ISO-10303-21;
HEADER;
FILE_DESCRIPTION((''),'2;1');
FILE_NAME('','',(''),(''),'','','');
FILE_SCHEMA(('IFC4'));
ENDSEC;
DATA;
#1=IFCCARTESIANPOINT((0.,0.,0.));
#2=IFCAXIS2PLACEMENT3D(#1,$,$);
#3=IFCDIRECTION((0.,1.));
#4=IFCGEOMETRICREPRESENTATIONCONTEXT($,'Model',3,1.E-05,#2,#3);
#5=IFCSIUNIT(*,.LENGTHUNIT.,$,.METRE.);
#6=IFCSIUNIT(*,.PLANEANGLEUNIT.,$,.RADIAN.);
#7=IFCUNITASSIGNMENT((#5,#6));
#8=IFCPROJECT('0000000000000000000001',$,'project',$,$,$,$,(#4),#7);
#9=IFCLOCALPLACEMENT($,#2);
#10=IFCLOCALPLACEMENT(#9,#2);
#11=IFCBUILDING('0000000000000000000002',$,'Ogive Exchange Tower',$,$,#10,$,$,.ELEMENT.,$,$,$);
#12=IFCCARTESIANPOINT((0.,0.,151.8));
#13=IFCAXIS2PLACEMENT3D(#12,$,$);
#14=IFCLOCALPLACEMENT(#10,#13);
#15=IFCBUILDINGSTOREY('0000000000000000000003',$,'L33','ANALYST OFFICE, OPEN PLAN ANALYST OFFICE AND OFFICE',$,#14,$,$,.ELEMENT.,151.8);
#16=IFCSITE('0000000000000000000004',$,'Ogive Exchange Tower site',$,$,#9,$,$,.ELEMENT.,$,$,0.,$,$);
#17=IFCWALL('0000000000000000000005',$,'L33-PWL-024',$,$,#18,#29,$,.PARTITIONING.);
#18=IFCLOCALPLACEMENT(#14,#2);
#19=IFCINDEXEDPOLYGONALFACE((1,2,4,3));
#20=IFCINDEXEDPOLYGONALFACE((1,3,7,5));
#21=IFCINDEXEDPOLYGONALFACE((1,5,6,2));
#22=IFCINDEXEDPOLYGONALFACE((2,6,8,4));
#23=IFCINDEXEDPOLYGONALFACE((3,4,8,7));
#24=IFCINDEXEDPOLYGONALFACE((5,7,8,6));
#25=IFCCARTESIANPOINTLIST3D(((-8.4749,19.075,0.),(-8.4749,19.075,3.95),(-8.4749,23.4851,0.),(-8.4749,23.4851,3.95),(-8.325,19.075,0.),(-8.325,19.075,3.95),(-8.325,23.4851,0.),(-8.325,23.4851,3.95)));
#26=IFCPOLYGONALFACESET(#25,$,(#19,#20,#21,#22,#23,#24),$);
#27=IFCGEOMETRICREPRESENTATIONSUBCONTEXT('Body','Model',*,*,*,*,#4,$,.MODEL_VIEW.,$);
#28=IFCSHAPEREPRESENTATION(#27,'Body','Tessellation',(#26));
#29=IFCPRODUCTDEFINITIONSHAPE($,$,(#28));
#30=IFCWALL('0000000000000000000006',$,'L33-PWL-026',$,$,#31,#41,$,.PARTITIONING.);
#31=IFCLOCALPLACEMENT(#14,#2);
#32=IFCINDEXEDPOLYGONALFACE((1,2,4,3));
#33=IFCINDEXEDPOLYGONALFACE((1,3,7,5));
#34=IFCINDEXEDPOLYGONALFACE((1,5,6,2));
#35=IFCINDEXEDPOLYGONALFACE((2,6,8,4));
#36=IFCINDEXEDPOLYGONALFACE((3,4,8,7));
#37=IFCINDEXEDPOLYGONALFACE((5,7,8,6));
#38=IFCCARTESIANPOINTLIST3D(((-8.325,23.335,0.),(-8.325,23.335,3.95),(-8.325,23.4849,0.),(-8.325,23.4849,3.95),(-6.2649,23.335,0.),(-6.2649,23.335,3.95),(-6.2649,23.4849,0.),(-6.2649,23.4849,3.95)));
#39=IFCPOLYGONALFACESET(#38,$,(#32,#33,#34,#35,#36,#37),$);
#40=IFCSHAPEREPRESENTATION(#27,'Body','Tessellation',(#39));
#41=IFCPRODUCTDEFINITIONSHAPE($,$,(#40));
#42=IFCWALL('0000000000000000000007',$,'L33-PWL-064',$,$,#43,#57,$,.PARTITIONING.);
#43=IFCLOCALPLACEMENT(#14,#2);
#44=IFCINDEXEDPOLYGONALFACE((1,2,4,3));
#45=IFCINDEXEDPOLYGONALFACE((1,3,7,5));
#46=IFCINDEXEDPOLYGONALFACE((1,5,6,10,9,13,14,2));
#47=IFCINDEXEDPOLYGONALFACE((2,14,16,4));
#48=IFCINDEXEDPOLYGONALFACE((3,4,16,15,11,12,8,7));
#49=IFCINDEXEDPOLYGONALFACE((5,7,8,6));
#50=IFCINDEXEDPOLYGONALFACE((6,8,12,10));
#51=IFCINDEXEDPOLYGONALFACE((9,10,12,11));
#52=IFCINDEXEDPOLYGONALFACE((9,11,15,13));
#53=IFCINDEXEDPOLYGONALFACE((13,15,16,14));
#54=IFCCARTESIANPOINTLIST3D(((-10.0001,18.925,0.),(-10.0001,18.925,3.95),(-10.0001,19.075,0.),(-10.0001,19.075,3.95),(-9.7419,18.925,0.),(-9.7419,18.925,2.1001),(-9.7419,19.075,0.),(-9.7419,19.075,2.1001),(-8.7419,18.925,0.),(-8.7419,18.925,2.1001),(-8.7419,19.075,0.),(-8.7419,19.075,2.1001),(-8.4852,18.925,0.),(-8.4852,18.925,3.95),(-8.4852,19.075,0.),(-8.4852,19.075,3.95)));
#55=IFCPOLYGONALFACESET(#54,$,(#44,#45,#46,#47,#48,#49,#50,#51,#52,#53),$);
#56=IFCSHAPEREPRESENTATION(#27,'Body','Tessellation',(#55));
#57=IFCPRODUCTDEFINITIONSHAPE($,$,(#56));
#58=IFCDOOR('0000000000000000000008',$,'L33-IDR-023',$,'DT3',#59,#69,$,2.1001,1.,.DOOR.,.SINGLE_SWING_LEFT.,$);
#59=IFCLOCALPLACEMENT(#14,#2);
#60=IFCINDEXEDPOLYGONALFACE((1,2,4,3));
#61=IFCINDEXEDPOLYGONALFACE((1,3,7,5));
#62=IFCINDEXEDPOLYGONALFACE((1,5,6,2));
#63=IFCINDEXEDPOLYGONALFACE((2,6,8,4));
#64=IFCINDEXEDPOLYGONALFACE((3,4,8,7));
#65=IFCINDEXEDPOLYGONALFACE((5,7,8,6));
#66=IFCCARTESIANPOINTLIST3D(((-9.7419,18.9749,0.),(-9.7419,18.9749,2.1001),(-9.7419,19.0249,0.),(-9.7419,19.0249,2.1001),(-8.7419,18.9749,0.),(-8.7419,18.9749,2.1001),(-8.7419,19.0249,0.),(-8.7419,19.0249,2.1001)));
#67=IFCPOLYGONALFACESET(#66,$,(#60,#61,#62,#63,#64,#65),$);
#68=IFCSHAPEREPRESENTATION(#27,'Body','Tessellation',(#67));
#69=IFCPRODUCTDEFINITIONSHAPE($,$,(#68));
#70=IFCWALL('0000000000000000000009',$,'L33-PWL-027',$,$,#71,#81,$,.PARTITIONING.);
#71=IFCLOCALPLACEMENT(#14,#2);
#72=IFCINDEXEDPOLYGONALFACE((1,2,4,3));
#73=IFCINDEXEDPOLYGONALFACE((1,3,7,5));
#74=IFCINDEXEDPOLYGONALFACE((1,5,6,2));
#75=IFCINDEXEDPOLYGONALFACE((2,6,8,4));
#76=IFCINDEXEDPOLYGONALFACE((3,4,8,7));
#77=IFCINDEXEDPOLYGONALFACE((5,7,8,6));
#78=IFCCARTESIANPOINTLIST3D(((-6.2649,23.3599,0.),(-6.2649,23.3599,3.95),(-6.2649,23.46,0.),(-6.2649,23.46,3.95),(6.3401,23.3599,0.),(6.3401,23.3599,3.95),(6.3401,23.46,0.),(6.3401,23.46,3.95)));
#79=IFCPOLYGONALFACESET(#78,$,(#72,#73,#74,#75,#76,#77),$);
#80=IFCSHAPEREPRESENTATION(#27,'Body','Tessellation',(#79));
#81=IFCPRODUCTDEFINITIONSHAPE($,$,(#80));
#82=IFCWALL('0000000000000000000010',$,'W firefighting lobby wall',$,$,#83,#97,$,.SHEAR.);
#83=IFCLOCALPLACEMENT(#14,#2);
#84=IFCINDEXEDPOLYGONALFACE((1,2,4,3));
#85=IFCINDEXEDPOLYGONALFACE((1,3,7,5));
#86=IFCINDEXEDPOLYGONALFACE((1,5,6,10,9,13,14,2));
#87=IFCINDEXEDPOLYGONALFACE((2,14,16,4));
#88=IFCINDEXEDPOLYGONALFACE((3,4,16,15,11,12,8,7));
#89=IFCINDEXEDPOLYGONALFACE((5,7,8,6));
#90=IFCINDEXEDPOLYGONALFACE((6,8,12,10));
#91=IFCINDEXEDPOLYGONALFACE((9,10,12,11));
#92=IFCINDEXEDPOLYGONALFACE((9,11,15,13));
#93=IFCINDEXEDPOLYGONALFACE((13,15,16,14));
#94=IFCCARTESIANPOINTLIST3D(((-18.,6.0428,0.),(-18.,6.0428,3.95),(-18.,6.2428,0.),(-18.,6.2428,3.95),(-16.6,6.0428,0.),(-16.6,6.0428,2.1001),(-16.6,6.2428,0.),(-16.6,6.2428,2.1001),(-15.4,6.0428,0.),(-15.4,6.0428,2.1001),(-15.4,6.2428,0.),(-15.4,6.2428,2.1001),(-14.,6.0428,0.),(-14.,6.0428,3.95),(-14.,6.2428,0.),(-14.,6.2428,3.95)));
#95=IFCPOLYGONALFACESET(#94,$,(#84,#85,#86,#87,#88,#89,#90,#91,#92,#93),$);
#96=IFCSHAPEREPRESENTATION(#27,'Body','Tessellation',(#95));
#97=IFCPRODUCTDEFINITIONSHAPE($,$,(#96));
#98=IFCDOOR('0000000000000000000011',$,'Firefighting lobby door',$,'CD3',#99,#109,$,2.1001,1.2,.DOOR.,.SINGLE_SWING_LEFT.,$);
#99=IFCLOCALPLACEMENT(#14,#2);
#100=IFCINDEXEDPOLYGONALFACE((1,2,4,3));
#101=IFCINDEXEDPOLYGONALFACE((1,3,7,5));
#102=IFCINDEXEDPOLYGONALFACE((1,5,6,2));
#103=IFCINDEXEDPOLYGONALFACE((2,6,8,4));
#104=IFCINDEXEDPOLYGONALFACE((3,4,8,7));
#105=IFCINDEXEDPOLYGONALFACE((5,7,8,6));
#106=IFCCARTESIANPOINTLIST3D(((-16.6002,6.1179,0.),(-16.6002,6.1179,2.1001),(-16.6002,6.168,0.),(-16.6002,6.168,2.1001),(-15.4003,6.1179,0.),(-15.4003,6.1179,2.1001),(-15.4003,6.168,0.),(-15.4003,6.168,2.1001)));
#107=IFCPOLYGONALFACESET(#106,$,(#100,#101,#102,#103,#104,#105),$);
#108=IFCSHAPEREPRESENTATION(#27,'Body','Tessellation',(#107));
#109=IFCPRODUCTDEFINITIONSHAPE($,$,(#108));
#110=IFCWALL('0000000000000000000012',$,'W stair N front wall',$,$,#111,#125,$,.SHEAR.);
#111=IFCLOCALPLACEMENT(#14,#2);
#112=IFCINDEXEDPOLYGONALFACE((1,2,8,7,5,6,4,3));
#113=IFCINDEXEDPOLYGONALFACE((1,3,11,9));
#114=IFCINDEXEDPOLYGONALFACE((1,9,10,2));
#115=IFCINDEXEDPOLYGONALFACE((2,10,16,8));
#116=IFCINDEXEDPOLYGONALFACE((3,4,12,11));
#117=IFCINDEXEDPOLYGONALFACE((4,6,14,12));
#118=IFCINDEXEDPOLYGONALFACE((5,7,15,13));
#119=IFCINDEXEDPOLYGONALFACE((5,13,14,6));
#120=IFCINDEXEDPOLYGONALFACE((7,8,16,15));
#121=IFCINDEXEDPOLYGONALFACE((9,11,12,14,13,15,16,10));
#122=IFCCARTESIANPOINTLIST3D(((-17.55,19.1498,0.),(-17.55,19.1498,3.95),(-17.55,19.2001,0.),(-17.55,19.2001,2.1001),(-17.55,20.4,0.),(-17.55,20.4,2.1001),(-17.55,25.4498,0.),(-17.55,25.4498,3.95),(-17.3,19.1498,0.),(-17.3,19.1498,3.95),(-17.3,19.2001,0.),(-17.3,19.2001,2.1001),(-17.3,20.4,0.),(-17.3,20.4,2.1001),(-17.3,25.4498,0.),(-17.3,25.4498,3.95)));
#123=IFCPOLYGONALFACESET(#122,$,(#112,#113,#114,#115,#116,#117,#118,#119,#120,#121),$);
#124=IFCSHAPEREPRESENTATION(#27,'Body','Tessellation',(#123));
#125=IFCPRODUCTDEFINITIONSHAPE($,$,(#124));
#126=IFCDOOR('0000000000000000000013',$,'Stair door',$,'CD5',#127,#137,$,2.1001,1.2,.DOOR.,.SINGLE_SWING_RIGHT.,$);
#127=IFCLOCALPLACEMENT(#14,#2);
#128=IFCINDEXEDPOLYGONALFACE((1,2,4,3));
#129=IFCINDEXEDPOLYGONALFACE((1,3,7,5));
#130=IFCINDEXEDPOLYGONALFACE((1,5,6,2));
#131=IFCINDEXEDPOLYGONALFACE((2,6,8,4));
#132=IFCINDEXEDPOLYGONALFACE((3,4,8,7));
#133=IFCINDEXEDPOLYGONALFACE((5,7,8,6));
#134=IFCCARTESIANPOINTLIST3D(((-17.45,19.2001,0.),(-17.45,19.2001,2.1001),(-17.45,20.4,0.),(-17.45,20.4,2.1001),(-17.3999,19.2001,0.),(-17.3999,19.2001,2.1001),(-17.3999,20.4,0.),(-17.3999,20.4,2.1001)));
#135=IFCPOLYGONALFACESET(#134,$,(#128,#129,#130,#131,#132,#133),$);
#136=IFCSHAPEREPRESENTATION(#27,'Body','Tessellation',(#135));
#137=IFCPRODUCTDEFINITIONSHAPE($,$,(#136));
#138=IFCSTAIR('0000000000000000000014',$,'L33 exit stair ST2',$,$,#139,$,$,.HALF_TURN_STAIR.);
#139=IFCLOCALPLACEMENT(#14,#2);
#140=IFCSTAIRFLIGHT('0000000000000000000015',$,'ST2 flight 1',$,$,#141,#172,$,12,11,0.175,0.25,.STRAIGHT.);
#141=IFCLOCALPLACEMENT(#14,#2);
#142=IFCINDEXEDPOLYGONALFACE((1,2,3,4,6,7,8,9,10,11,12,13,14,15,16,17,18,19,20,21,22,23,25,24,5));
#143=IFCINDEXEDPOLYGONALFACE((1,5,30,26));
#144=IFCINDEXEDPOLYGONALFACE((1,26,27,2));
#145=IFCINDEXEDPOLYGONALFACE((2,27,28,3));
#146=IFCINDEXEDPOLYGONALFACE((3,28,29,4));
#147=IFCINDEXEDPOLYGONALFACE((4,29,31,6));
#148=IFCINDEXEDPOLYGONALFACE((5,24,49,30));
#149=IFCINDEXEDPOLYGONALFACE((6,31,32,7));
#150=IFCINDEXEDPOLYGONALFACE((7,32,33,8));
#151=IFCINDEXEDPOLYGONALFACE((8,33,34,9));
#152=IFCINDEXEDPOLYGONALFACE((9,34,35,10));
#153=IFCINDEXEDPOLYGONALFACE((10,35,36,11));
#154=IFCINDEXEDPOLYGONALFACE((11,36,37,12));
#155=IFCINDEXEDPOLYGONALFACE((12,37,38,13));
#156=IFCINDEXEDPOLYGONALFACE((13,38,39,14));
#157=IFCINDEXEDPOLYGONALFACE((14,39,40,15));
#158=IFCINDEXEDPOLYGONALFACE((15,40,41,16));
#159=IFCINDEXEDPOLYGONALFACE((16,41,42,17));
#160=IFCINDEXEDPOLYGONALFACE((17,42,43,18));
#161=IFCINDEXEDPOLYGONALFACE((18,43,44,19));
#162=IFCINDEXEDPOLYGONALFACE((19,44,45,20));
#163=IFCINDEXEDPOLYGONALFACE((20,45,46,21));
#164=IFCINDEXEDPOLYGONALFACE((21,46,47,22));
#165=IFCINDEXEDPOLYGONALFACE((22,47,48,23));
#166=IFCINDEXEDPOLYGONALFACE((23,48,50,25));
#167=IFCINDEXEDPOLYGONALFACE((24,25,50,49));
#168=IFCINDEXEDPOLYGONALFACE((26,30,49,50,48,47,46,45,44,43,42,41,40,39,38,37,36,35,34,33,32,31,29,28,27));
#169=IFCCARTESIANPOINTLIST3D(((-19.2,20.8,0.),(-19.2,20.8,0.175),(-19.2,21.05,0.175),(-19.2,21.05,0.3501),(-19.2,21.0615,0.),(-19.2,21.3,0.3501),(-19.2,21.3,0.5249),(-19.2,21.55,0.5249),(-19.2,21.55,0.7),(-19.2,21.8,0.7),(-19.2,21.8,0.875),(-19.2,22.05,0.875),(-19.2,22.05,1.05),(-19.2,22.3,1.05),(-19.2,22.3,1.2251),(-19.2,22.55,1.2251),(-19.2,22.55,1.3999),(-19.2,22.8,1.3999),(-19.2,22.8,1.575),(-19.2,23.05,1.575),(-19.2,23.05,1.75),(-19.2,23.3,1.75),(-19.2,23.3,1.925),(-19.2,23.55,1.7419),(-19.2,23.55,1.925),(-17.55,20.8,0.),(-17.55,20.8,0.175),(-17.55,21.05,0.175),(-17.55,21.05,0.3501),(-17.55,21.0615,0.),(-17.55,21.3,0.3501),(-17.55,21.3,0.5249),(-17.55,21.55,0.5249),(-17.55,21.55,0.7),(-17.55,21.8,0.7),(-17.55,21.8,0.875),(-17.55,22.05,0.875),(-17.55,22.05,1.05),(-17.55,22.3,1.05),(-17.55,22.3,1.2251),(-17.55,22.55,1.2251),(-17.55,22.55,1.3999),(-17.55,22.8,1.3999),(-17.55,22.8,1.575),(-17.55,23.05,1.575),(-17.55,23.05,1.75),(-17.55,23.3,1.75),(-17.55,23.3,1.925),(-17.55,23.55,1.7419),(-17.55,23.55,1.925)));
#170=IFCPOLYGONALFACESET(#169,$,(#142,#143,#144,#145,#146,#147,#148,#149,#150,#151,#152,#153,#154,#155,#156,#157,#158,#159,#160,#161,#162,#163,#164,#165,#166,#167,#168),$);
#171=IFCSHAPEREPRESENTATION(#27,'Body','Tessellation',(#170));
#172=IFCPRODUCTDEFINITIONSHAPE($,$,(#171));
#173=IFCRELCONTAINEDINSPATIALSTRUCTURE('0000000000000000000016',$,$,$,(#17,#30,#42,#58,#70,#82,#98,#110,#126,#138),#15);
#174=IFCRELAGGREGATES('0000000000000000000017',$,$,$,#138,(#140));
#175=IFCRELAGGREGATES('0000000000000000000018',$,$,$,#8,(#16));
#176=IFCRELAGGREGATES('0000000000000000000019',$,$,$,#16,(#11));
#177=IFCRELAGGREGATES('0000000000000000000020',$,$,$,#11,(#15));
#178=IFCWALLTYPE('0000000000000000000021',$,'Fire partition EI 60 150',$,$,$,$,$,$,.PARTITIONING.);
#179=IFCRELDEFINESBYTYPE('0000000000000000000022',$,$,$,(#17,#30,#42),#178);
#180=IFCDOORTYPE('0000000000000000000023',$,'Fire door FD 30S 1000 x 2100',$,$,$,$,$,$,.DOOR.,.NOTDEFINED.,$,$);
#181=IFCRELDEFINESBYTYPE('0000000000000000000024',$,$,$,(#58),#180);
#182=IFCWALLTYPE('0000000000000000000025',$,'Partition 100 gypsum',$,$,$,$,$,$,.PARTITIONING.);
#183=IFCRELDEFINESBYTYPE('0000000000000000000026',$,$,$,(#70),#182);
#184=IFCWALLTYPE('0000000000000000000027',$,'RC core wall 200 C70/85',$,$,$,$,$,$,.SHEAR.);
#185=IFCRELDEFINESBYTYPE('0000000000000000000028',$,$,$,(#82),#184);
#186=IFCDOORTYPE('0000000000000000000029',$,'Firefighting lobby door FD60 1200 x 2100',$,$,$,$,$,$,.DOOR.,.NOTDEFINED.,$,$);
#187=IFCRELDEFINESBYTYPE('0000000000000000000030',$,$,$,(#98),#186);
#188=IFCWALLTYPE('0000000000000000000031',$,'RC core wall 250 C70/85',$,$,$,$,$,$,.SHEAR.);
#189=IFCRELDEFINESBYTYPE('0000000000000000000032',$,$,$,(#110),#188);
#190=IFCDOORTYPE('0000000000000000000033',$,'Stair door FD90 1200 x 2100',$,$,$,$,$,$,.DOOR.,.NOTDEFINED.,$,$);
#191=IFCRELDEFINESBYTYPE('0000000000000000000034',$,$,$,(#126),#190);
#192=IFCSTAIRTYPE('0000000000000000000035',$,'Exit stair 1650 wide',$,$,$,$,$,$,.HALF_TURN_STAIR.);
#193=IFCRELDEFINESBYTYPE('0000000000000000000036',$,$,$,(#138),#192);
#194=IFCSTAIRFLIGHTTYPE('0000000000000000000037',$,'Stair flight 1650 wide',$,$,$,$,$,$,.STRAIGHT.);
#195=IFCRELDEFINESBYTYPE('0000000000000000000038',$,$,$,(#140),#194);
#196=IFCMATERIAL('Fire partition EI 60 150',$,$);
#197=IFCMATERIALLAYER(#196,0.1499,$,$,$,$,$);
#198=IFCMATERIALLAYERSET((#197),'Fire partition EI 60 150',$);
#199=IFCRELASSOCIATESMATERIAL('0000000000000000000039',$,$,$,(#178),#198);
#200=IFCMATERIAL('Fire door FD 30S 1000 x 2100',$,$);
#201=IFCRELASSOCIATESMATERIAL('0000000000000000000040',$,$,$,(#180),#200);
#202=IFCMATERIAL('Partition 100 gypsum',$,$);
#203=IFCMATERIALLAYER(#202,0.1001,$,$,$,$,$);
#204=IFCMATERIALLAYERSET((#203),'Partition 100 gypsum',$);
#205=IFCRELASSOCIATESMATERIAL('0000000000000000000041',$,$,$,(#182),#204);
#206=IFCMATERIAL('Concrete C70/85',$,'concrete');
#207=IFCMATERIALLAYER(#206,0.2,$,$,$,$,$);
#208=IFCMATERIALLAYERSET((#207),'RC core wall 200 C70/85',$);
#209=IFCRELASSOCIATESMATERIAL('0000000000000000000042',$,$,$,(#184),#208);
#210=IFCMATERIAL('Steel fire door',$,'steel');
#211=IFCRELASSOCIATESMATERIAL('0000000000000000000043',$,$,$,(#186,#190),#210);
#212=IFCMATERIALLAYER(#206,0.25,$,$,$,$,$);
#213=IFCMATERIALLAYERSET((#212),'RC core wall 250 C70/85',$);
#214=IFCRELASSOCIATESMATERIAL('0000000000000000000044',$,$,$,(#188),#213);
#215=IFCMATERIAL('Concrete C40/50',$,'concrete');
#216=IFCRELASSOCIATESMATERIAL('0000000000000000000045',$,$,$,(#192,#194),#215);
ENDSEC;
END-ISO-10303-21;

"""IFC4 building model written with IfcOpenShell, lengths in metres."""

from ifc_helpers import new_model, si_unit, direction, frame, frame_2d, origin, place, context, subcontext, project, spatial, polyline, rectangle, outline, extrude, material, layer, layer_set, type_object, element, fill, aggregate, save


model = new_model("IFC4")

# Units and contexts
model_context = context("Model", 3, precision=1e-05, world=origin(), true_north=direction((0.0, 1.0)))
body_context = subcontext(model_context, "Body", "Model", "MODEL_VIEW")
ifc_project = project(units=[si_unit("LENGTHUNIT", "METRE"), si_unit("PLANEANGLEUNIT", "RADIAN")], contexts=[model_context])

# Site, building, storey
site_placement = place(None, origin())
site = spatial("IfcSite", under=ifc_project, at=site_placement, Name="Ogive Exchange Tower site", CompositionType="ELEMENT", RefElevation=0.0)
building_placement = place(site_placement, origin())
building = spatial("IfcBuilding", under=site, at=building_placement, Name="Ogive Exchange Tower", CompositionType="ELEMENT")
storey_placement = place(building_placement, frame((0.0, 0.0, 151.8)))
storey = spatial("IfcBuildingStorey", under=building, at=storey_placement, Name="L33", Description="ANALYST OFFICE, OPEN PLAN ANALYST OFFICE AND OFFICE", CompositionType="ELEMENT", Elevation=151.8)

# Shared definitions
ifc_material_1 = material(Name="Fire partition EI 60 150")
ifc_layer_1 = layer(ifc_material_1, 0.1499)
ifc_layer_set_1 = layer_set([ifc_layer_1], Name="Fire partition EI 60 150")
wall_type_1 = type_object("IfcWallType", Name="Fire partition EI 60 150", PredefinedType="PARTITIONING", material=ifc_layer_set_1)
ifc_material_2 = material(Name="Fire door FD 30S 1000 x 2100")
door_type_1 = type_object("IfcDoorType", Name="Fire door FD 30S 1000 x 2100", OperationType="NOTDEFINED", PredefinedType="DOOR", material=ifc_material_2)

# Walls
wall_1_placement = place(storey_placement, frame((-8.3999, 23.4851, 0.0), z_axis=(0.0, 0.0, 1.0), x_axis=(0.0, -1.0, 0.0)))
element("IfcWall", 1, at=wall_1_placement, inside=storey, type_object=wall_type_1, Name="L33-PWL-024", PredefinedType="PARTITIONING", context=body_context, shape_type="SweptSolid", body=[
    extrude(rectangle(XDim=4.4102, YDim=0.1499, at=frame_2d((2.2051, 0.0))), origin(), (0.0, 0.0, 1.0), 3.95),
])
wall_2_placement = place(storey_placement, frame((-6.2649, 23.4099, 0.0), z_axis=(0.0, 0.0, 1.0), x_axis=(-1.0, 0.0, 0.0)))
element("IfcWall", 2, at=wall_2_placement, inside=storey, type_object=wall_type_1, Name="L33-PWL-026", PredefinedType="PARTITIONING", context=body_context, shape_type="SweptSolid", body=[
    extrude(rectangle(XDim=2.0601, YDim=0.1499, at=frame_2d((1.03, 0.0))), origin(), (0.0, 0.0, 1.0), 3.95),
])

# Wall, opening, door
wall_3_placement = place(storey_placement, frame((-10.0, 19.0, 0.0), z_axis=(0.0, 0.0, 1.0), x_axis=(1.0, 0.0, 0.0)))
wall_3 = element("IfcWall", 3, at=wall_3_placement, inside=storey, type_object=wall_type_1, Name="L33-PWL-064", PredefinedType="PARTITIONING", context=body_context, shape_type="SweptSolid", body=[
    extrude(rectangle(XDim=1.5149, YDim=0.1499, at=frame_2d((0.7573, 0.0))), origin(), (0.0, 0.0, 1.0), 3.95),
])
opening_1_placement = place(wall_3_placement, frame((0.2581, 0.0, 0.0)))
opening_1 = element("IfcOpeningElement", 4, at=opening_1_placement, cuts=wall_3, PredefinedType="OPENING", context=body_context, shape_type="SweptSolid", body=[
    extrude(rectangle(XDim=1.0, YDim=2.1001, at=frame_2d((0.5, 1.05))), frame((0.0, 0.085, 0.0), z_axis=(0.0, -1.0, 0.0), x_axis=(1.0, 0.0, 0.0)), (0.0, 0.0, 1.0), 0.1699),
])
door_1_placement = place(opening_1_placement, origin())
door_1 = element("IfcDoor", 5, at=door_1_placement, inside=storey, type_object=door_type_1, Name="L33-IDR-023", ObjectType="DT3", OperationType="SINGLE_SWING_LEFT", OverallHeight=2.1001, OverallWidth=1.0, PredefinedType="DOOR", context=body_context, shape_type="SweptSolid", body=[
    extrude(rectangle(XDim=1.0, YDim=2.1001, at=frame_2d((0.5, 1.05))), frame((0.0, 0.0249, 0.0), z_axis=(0.0, -1.0, 0.0), x_axis=(1.0, 0.0, 0.0)), (0.0, 0.0, 1.0), 0.05),
])
fill(opening_1, door_1)

# Wall
ifc_material_3 = material(Name="Partition 100 gypsum")
ifc_layer_2 = layer(ifc_material_3, 0.1001)
ifc_layer_set_2 = layer_set([ifc_layer_2], Name="Partition 100 gypsum")
wall_type_2 = type_object("IfcWallType", Name="Partition 100 gypsum", PredefinedType="PARTITIONING", material=ifc_layer_set_2)
wall_4_placement = place(storey_placement, frame((-6.2649, 23.4099, 0.0), z_axis=(0.0, 0.0, 1.0), x_axis=(1.0, 0.0, 0.0)))
element("IfcWall", 6, at=wall_4_placement, inside=storey, type_object=wall_type_2, Name="L33-PWL-027", PredefinedType="PARTITIONING", context=body_context, shape_type="SweptSolid", body=[
    extrude(rectangle(XDim=12.605, YDim=0.1001, at=frame_2d((6.3025, 0.0))), origin(), (0.0, 0.0, 1.0), 3.95),
])

# Walls, openings, doors
ifc_material_4 = material(Name="Concrete C70/85", Category="concrete")
ifc_layer_3 = layer(ifc_material_4, 0.2)
ifc_layer_set_3 = layer_set([ifc_layer_3], Name="RC core wall 200 C70/85")
wall_type_3 = type_object("IfcWallType", Name="RC core wall 200 C70/85", PredefinedType="SHEAR", material=ifc_layer_set_3)
wall_5_placement = place(storey_placement, frame((-18.0, 6.1428, 0.0), z_axis=(0.0, 0.0, 1.0), x_axis=(1.0, 0.0, 0.0)))
wall_5 = element("IfcWall", 7, at=wall_5_placement, inside=storey, type_object=wall_type_3, Name="W firefighting lobby wall", PredefinedType="SHEAR", context=body_context, shape_type="SweptSolid", body=[
    extrude(rectangle(XDim=4.0, YDim=0.2, at=frame_2d((2.0, 0.0))), origin(), (0.0, 0.0, 1.0), 3.95),
])
opening_2_placement = place(wall_5_placement, frame((1.3999, 0.0, 0.0)))
opening_2 = element("IfcOpeningElement", 8, at=opening_2_placement, cuts=wall_5, PredefinedType="OPENING", context=body_context, shape_type="SweptSolid", body=[
    extrude(rectangle(XDim=1.2, YDim=2.1001, at=frame_2d((0.6001, 1.05))), frame((0.0, 0.1099, 0.0), z_axis=(0.0, -1.0, 0.0), x_axis=(1.0, 0.0, 0.0)), (0.0, 0.0, 1.0), 0.22),
])
ifc_material_5 = material(Name="Steel fire door", Category="steel")
door_type_2 = type_object("IfcDoorType", Name="Firefighting lobby door FD60 1200 x 2100", OperationType="NOTDEFINED", PredefinedType="DOOR", material=ifc_material_5)
door_2_placement = place(opening_2_placement, frame((1.2, 0.0, 0.0), z_axis=(0.0, 0.0, 1.0), x_axis=(-1.0, 0.0, 0.0)))
door_2 = element("IfcDoor", 9, at=door_2_placement, inside=storey, type_object=door_type_2, Name="Firefighting lobby door", ObjectType="CD3", OperationType="SINGLE_SWING_LEFT", OverallHeight=2.1001, OverallWidth=1.2, PredefinedType="DOOR", context=body_context, shape_type="SweptSolid", body=[
    extrude(rectangle(XDim=1.2, YDim=2.1001, at=frame_2d((0.6001, 1.05))), frame((0.0, 0.0249, 0.0), z_axis=(0.0, -1.0, 0.0), x_axis=(1.0, 0.0, 0.0)), (0.0, 0.0, 1.0), 0.05),
])
fill(opening_2, door_2)
ifc_layer_4 = layer(ifc_material_4, 0.25)
ifc_layer_set_4 = layer_set([ifc_layer_4], Name="RC core wall 250 C70/85")
wall_type_4 = type_object("IfcWallType", Name="RC core wall 250 C70/85", PredefinedType="SHEAR", material=ifc_layer_set_4)
wall_6_placement = place(storey_placement, frame((-17.425, 19.1499, 0.0), z_axis=(0.0, 0.0, 1.0), x_axis=(0.0, 1.0, 0.0)))
wall_6 = element("IfcWall", 10, at=wall_6_placement, inside=storey, type_object=wall_type_4, Name="W stair N front wall", PredefinedType="SHEAR", context=body_context, shape_type="SweptSolid", body=[
    extrude(rectangle(XDim=6.3, YDim=0.25, at=frame_2d((3.1499, 0.0))), origin(), (0.0, 0.0, 1.0), 3.95),
])
opening_3_placement = place(wall_6_placement, frame((0.05, 0.0, 0.0)))
opening_3 = element("IfcOpeningElement", 11, at=opening_3_placement, cuts=wall_6, PredefinedType="OPENING", context=body_context, shape_type="SweptSolid", body=[
    extrude(rectangle(XDim=1.2, YDim=2.1001, at=frame_2d((0.6001, 1.05))), frame((0.0, 0.135, 0.0), z_axis=(0.0, -1.0, 0.0), x_axis=(1.0, 0.0, 0.0)), (0.0, 0.0, 1.0), 0.27),
])
door_type_3 = type_object("IfcDoorType", Name="Stair door FD90 1200 x 2100", OperationType="NOTDEFINED", PredefinedType="DOOR", material=ifc_material_5)
door_3_placement = place(opening_3_placement, origin())
door_3 = element("IfcDoor", 12, at=door_3_placement, inside=storey, type_object=door_type_3, Name="Stair door", ObjectType="CD5", OperationType="SINGLE_SWING_RIGHT", OverallHeight=2.1001, OverallWidth=1.2, PredefinedType="DOOR", context=body_context, shape_type="SweptSolid", body=[
    extrude(rectangle(XDim=1.2, YDim=2.1001, at=frame_2d((0.6001, 1.05))), frame((0.0, 0.0249, 0.0), z_axis=(0.0, -1.0, 0.0), x_axis=(1.0, 0.0, 0.0)), (0.0, 0.0, 1.0), 0.05),
])
fill(opening_3, door_3)

# Stair, stair flight
ifc_material_6 = material(Name="Concrete C40/50", Category="concrete")
stair_type = type_object("IfcStairType", Name="Exit stair 1650 wide", PredefinedType="HALF_TURN_STAIR", material=ifc_material_6)
stair_placement = place(storey_placement, origin())
stair = element("IfcStair", 13, at=stair_placement, inside=storey, type_object=stair_type, Name="L33 exit stair ST2", PredefinedType="HALF_TURN_STAIR")
stair_flight_type = type_object("IfcStairFlightType", Name="Stair flight 1650 wide", PredefinedType="STRAIGHT", material=ifc_material_6)
stair_flight_placement = place(storey_placement, frame((-18.375, 20.8, 0.0), z_axis=(0.0, 0.0, 1.0), x_axis=(0.0, 1.0, 0.0)))
stair_flight = element("IfcStairFlight", 14, at=stair_flight_placement, type_object=stair_flight_type, Name="ST2 flight 1", NumberOfRisers=12, NumberOfTreads=11, PredefinedType="STRAIGHT", RiserHeight=0.175, TreadLength=0.25, context=body_context, shape_type="SweptSolid", body=[
    extrude(outline(polyline([(0.0, 0.0), (0.0, 0.175), (0.25, 0.175), (0.25, 0.3501), (0.5, 0.3501), (0.5, 0.5249), (0.75, 0.5249), (0.75, 0.7), (1.0, 0.7), (1.0, 0.875), (1.25, 0.875), (1.25, 1.05), (1.5, 1.05), (1.5, 1.2251), (1.75, 1.2251), (1.75, 1.3999), (2.0, 1.3999), (2.0, 1.575), (2.25, 1.575), (2.25, 1.75), (2.5, 1.75), (2.5, 1.925), (2.75, 1.925), (2.75, 2.1001), (2.75, 1.7419), (0.2615, 0.0), (0.0, 0.0)])), frame((0.0, 0.825, 0.0), z_axis=(0.0, -1.0, 0.0), x_axis=(1.0, 0.0, 0.0)), (0.0, 0.0, 1.0), 1.6499),
])
aggregate(stair, [stair_flight])

save(model, "model.ifc")
